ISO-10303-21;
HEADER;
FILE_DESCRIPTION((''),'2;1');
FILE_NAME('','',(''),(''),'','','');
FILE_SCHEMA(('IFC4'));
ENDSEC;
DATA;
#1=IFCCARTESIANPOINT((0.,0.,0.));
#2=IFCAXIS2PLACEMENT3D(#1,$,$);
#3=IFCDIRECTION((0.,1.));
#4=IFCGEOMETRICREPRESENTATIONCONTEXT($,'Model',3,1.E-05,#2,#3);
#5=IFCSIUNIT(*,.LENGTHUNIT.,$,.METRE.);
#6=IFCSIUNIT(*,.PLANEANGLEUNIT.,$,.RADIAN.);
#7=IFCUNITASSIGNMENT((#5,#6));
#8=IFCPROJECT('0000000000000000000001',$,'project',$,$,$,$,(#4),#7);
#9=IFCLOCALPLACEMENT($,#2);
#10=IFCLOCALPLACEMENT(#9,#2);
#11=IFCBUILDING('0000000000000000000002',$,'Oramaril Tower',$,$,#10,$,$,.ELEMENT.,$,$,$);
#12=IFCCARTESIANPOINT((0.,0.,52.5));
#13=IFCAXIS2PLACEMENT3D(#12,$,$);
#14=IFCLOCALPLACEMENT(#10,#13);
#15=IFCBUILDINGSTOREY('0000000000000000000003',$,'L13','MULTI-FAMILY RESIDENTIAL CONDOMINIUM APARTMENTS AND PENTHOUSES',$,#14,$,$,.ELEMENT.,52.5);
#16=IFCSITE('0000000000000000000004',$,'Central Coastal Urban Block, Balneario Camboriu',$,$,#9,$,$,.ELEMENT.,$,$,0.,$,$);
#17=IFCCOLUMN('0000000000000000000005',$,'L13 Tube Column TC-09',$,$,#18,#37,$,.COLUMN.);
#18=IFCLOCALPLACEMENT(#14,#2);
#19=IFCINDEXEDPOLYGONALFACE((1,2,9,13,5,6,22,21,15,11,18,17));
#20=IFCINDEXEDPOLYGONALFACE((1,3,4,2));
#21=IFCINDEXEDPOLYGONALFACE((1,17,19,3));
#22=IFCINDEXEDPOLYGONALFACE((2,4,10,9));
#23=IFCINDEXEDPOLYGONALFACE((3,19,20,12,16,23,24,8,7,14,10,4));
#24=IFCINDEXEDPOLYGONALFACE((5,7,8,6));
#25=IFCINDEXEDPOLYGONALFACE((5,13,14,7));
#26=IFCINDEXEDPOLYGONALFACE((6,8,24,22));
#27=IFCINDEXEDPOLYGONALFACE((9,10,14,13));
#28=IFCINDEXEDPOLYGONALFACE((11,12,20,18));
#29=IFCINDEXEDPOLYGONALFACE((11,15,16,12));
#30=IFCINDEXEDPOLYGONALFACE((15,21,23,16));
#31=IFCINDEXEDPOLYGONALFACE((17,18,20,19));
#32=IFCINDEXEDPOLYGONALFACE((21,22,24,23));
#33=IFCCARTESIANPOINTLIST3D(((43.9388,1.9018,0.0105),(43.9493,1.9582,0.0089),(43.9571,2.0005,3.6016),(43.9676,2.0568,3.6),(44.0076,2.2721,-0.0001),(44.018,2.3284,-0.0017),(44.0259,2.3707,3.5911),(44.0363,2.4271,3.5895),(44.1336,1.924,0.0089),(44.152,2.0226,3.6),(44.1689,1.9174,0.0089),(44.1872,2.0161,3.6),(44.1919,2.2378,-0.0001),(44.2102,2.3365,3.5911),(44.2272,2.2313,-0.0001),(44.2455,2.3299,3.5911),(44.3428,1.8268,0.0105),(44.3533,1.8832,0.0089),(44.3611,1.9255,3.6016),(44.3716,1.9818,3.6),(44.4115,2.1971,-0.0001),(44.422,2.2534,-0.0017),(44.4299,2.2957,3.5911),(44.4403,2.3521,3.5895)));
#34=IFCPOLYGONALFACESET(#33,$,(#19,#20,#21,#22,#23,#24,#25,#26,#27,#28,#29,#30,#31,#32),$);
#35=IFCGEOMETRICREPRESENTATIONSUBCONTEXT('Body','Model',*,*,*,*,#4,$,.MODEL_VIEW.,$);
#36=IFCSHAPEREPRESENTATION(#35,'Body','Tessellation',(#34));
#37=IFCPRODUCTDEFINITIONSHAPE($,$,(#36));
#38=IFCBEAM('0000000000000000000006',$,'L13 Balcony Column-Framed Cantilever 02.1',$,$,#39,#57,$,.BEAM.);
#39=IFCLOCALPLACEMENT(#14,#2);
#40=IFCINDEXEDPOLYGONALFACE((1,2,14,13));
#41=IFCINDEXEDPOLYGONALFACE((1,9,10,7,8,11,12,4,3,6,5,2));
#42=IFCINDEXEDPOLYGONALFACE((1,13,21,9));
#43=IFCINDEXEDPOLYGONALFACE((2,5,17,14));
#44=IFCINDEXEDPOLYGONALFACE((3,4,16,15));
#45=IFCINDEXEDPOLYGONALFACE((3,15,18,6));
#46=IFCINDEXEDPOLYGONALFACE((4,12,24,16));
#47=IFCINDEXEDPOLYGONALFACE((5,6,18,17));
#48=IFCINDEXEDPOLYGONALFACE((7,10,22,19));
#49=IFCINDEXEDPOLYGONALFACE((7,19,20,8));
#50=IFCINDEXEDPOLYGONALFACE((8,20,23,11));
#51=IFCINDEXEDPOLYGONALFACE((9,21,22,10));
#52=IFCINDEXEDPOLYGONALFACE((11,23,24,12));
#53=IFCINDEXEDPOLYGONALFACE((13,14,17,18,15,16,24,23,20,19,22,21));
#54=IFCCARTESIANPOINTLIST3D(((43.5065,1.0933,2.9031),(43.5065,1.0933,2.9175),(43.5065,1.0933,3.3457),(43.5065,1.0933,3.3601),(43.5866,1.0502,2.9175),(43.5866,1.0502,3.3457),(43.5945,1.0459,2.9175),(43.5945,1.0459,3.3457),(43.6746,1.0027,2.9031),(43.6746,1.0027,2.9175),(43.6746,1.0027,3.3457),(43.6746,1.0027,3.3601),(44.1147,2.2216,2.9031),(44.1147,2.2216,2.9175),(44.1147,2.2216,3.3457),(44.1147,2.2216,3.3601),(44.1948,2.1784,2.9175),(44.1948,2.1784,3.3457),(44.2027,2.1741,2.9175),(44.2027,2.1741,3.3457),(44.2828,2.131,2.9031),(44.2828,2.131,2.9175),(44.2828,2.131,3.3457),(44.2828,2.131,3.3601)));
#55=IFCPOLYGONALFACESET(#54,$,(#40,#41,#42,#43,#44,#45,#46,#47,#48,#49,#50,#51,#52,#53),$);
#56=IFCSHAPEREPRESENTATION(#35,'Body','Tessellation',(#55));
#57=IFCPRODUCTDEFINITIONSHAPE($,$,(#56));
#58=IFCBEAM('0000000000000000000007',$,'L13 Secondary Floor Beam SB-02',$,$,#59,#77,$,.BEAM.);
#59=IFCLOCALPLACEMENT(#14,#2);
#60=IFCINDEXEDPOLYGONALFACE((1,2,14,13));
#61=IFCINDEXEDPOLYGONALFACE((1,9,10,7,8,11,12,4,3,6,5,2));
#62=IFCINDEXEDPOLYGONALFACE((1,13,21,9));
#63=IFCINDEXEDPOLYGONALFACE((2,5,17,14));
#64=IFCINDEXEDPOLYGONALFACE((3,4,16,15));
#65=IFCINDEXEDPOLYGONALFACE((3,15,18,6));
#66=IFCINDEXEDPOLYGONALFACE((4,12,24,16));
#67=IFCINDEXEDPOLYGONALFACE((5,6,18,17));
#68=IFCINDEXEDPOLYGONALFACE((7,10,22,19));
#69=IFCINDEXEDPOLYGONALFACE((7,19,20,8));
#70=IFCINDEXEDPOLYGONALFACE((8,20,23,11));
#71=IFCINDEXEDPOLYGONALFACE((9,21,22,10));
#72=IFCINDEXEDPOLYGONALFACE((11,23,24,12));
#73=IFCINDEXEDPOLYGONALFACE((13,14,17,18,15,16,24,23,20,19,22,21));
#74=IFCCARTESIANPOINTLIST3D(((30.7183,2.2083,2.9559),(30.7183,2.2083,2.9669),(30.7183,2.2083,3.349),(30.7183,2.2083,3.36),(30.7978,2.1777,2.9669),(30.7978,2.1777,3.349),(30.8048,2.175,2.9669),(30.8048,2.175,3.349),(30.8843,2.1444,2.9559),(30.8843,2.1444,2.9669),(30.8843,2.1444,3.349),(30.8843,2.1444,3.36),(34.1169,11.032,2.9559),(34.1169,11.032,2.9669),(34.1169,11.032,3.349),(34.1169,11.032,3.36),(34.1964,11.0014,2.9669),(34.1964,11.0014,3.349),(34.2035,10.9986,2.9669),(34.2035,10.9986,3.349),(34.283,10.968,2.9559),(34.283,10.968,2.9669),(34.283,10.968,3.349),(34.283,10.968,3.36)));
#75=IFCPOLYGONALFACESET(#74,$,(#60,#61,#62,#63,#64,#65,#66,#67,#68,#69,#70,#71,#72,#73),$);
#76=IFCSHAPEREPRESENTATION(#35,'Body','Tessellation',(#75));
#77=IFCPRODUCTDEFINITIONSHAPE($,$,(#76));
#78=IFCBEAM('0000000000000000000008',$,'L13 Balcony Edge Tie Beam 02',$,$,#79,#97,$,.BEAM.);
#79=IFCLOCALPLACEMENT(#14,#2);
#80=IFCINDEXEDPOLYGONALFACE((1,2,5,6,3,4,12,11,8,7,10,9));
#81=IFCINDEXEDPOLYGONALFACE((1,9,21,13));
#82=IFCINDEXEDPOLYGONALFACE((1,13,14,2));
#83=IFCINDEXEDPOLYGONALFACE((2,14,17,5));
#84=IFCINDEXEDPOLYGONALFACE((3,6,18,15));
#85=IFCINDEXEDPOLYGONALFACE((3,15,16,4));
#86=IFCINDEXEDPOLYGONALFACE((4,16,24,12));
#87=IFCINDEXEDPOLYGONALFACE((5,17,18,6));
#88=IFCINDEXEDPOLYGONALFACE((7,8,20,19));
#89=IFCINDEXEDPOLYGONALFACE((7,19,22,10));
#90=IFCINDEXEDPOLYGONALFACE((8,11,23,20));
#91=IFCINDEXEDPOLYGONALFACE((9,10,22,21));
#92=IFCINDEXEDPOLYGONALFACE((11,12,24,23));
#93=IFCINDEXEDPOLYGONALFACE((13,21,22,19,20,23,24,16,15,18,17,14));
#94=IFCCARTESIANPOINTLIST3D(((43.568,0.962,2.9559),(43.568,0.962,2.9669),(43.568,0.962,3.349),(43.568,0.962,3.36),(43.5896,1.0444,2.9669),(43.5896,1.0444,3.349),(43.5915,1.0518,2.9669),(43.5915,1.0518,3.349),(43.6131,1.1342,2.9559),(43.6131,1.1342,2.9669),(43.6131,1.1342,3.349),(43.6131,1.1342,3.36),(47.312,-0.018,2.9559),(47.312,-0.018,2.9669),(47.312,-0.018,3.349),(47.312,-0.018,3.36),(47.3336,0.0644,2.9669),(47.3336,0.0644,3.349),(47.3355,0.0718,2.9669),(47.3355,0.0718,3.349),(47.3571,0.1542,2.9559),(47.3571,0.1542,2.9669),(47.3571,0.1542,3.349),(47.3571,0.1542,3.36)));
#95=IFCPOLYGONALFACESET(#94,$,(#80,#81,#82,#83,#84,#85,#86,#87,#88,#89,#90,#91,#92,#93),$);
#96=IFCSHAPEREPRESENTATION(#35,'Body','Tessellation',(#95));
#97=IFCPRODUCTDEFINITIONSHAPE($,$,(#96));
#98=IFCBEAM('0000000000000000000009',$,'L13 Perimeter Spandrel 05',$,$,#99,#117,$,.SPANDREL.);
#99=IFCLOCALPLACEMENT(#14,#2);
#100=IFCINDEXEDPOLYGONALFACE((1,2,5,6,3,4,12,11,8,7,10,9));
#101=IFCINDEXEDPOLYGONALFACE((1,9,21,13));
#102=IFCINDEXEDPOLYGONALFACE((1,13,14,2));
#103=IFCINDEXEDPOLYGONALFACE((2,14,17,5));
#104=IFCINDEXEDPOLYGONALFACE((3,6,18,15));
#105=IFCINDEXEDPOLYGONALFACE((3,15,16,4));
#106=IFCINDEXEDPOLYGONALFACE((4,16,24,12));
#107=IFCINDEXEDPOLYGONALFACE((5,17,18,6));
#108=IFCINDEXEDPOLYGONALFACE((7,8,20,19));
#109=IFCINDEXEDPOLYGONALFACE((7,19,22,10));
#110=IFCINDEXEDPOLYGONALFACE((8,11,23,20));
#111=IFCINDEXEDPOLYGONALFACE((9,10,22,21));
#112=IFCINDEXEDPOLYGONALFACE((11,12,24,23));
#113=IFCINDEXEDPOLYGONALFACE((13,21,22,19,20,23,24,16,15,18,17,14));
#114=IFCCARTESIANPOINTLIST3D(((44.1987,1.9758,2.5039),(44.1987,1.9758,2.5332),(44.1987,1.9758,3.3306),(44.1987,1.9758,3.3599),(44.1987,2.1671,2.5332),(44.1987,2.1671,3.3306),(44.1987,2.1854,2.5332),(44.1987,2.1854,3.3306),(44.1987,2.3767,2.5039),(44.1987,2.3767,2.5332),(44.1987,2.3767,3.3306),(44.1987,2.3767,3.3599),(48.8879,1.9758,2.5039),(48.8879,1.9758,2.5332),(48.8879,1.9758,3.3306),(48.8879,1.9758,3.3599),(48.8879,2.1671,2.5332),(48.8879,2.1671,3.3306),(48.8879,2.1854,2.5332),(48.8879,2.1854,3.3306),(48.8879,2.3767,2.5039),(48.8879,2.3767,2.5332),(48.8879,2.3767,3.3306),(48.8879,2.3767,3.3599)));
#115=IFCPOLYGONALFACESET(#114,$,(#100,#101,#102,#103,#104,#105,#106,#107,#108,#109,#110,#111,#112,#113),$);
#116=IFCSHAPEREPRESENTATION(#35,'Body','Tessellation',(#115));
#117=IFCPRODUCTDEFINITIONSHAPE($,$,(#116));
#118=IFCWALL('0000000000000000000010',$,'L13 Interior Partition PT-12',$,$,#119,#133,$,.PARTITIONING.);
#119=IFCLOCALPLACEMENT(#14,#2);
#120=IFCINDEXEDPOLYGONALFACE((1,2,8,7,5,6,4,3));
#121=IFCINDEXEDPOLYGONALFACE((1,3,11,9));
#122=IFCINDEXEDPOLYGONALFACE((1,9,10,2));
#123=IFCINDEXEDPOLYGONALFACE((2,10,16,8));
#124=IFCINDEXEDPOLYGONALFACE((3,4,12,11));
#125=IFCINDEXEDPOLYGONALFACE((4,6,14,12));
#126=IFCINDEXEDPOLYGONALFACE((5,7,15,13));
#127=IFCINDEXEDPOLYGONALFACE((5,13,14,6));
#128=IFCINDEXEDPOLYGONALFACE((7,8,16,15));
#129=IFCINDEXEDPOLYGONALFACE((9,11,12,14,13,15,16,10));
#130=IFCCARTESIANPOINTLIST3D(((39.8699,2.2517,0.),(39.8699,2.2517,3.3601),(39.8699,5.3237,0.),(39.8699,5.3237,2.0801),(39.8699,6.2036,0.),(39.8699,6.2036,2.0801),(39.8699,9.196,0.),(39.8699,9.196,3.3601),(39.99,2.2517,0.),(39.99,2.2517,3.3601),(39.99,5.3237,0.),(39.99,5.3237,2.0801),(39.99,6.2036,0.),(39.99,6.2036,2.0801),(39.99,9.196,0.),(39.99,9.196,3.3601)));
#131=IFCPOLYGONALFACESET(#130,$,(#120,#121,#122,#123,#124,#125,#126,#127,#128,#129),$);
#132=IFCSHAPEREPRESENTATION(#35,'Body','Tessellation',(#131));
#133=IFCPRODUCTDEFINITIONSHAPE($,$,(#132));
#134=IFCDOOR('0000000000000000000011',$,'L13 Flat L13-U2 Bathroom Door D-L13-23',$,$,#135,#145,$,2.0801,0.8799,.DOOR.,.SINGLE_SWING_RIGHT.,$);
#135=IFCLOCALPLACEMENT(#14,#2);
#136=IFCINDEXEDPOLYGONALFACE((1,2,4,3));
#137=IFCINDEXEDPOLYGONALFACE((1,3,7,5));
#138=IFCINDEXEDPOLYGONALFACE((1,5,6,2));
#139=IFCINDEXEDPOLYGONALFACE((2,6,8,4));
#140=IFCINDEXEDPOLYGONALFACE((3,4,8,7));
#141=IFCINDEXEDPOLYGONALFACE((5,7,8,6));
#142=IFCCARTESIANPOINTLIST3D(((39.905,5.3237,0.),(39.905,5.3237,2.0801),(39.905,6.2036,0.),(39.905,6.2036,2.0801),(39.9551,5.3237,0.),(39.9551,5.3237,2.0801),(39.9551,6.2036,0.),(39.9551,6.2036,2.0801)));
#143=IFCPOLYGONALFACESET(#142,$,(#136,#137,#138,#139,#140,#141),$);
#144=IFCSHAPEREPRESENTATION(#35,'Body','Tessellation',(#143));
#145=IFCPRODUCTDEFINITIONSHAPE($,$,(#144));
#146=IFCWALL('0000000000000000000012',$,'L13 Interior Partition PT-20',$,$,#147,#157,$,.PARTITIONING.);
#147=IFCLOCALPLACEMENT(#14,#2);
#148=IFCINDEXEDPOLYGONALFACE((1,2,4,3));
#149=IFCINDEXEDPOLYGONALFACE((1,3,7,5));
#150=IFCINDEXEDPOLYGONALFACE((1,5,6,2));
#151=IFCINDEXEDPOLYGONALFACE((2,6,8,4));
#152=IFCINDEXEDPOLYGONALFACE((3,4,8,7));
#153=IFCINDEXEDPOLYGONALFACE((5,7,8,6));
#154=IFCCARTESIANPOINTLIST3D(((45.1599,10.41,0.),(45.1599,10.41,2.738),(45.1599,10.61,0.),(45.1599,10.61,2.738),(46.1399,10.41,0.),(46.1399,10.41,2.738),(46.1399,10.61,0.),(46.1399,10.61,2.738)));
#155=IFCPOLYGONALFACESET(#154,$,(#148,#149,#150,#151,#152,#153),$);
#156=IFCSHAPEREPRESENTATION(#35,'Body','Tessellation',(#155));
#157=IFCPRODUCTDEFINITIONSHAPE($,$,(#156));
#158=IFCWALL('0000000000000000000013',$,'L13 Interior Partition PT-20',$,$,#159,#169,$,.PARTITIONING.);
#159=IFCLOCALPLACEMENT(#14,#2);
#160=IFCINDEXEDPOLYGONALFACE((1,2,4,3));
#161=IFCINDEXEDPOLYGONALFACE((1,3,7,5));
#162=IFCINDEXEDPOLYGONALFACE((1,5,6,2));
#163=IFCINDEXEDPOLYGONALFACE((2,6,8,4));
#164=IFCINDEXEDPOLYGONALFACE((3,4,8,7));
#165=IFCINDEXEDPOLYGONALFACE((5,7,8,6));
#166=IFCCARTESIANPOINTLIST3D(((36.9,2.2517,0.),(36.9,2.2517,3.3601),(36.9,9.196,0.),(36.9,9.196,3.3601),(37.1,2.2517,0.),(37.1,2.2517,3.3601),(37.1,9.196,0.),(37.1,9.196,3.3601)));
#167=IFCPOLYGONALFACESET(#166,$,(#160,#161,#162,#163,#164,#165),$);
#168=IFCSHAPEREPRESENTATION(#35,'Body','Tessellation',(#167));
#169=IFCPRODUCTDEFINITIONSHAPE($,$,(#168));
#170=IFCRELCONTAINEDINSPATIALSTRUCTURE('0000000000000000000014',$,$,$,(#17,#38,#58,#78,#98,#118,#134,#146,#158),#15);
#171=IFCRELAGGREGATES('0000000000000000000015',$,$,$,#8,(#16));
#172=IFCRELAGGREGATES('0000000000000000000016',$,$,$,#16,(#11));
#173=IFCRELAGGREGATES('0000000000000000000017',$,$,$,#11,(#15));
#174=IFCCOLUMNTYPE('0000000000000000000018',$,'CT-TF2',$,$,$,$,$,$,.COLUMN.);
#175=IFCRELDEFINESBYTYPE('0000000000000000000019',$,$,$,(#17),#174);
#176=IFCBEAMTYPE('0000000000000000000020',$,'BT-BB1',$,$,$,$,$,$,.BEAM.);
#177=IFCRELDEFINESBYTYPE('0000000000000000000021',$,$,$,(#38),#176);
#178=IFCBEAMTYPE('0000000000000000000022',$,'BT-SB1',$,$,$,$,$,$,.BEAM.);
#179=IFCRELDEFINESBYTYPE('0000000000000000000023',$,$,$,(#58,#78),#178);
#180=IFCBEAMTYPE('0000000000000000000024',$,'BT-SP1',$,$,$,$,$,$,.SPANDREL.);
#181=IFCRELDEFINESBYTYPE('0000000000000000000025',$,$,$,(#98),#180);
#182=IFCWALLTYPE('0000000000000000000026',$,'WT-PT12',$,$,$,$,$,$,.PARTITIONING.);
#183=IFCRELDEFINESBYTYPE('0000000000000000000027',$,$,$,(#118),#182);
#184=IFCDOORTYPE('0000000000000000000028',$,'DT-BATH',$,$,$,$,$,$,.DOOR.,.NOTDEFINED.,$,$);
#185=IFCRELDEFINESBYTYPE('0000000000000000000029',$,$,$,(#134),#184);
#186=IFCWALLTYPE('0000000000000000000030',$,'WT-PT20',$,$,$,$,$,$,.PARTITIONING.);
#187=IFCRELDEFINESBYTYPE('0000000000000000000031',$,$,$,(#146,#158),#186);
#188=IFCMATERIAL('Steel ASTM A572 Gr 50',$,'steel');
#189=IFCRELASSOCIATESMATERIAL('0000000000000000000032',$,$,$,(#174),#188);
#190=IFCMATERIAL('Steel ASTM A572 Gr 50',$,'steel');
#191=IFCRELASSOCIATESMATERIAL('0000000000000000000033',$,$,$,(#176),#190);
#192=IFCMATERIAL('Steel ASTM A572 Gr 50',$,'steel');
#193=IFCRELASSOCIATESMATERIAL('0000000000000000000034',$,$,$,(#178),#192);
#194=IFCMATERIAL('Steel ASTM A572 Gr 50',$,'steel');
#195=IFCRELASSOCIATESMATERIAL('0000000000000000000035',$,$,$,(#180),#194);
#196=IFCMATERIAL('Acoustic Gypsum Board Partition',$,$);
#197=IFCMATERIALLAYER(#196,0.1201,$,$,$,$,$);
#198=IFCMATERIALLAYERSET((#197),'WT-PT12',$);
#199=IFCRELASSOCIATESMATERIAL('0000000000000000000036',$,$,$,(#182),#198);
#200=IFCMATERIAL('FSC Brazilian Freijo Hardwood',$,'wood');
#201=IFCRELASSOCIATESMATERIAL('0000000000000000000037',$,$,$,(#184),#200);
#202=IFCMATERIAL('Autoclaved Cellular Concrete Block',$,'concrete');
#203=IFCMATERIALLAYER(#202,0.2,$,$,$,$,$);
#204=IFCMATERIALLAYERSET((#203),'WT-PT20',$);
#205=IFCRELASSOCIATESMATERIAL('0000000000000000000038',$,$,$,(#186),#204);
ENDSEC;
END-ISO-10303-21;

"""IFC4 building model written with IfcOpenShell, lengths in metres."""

from ifc_helpers import new_model, si_unit, direction, frame, frame_2d, origin, origin_2d, place, context, subcontext, project, spatial, rectangle, i_section, extrude, material, layer, layer_set, material_profile, profile_set, type_object, element, fill, save


model = new_model("IFC4")

# Units and contexts
model_context = context("Model", 3, precision=1e-05, world=origin(), true_north=direction((0.0, 1.0)))
body_context = subcontext(model_context, "Body", "Model", "MODEL_VIEW")
ifc_project = project(units=[si_unit("LENGTHUNIT", "METRE"), si_unit("PLANEANGLEUNIT", "RADIAN")], contexts=[model_context])

# Site, building, storey
site_placement = place(None, origin())
site = spatial("IfcSite", under=ifc_project, at=site_placement, Name="Central Coastal Urban Block, Balneario Camboriu", CompositionType="ELEMENT", RefElevation=0.0)
building_placement = place(site_placement, origin())
building = spatial("IfcBuilding", under=site, at=building_placement, Name="Oramaril Tower", CompositionType="ELEMENT")
storey_placement = place(building_placement, frame((0.0, 0.0, 52.5)))
storey = spatial("IfcBuildingStorey", under=building, at=storey_placement, Name="L13", Description="MULTI-FAMILY RESIDENTIAL CONDOMINIUM APARTMENTS AND PENTHOUSES", CompositionType="ELEMENT", Elevation=52.5)

# Column
ifc_material_1 = material(Name="Steel ASTM A572 Gr 50", Category="steel")
ifc_material_profile_1 = material_profile(ifc_material_1, i_section(OverallWidth=0.4109, OverallDepth=0.4341, WebThickness=0.0359, FlangeThickness=0.0574, at=origin_2d()), Name="W14X311")
ifc_profile_set_1 = profile_set([ifc_material_profile_1], Name="Steel ASTM A572 Gr 50")
column_type = type_object("IfcColumnType", Name="CT-TF2", PredefinedType="COLUMN", material=ifc_profile_set_1)
column_placement = place(storey_placement, frame((44.1804, 2.0776, 0.0044), z_axis=(0.005097, 0.027455, 0.99961), x_axis=(-0.983201, 0.182525, 0.0)))
element("IfcColumn", 1, at=column_placement, inside=storey, type_object=column_type, Name="L13 Tube Column TC-09", PredefinedType="COLUMN", context=body_context, shape_type="SweptSolid", body=[
    extrude(i_section(OverallWidth=0.4109, OverallDepth=0.4341, WebThickness=0.0359, FlangeThickness=0.0574, at=origin_2d()), origin(), (0.0, 0.0, 1.0), 3.5925),
])

# Beams
ifc_material_2 = material(Name="Steel ASTM A572 Gr 50", Category="steel")
ifc_material_profile_2 = material_profile(ifc_material_2, i_section(OverallWidth=0.1909, OverallDepth=0.457, WebThickness=0.009, FlangeThickness=0.0144, at=origin_2d()), Name="W18X50")
ifc_profile_set_2 = profile_set([ifc_material_profile_2], Name="Steel ASTM A572 Gr 50")
beam_type_1 = type_object("IfcBeamType", Name="BT-BB1", PredefinedType="BEAM", material=ifc_profile_set_2)
beam_1_placement = place(storey_placement, frame((44.1987, 2.1763, 3.1316), z_axis=(-0.474509, -0.880251, 0.0), x_axis=(0.880251, -0.474509, 0.0)))
element("IfcBeam", 2, at=beam_1_placement, inside=storey, type_object=beam_type_1, Name="L13 Balcony Column-Framed Cantilever 02.1", PredefinedType="BEAM", context=body_context, shape_type="SweptSolid", body=[
    extrude(i_section(OverallWidth=0.1909, OverallDepth=0.457, WebThickness=0.009, FlangeThickness=0.0144, at=origin_2d()), origin(), (0.0, 0.0, 1.0), 1.2817),
])
ifc_material_3 = material(Name="Steel ASTM A572 Gr 50", Category="steel")
ifc_material_profile_3 = material_profile(ifc_material_3, i_section(OverallWidth=0.178, OverallDepth=0.4041, WebThickness=0.0076, FlangeThickness=0.011, at=origin_2d()), Name="W16X36")
ifc_profile_set_3 = profile_set([ifc_material_profile_3], Name="Steel ASTM A572 Gr 50")
beam_type_2 = type_object("IfcBeamType", Name="BT-SB1", PredefinedType="BEAM", material=ifc_profile_set_3)
beam_2_placement = place(storey_placement, frame((34.2, 11.0, 3.158), z_axis=(-0.359434, -0.93317, 0.0), x_axis=(0.93317, -0.359434, 0.0)))
element("IfcBeam", 3, at=beam_2_placement, inside=storey, type_object=beam_type_2, Name="L13 Secondary Floor Beam SB-02", PredefinedType="BEAM", context=body_context, shape_type="SweptSolid", body=[
    extrude(i_section(OverallWidth=0.178, OverallDepth=0.4041, WebThickness=0.0076, FlangeThickness=0.011, at=origin_2d()), origin(), (0.0, 0.0, 1.0), 9.4556),
])
beam_3_placement = place(storey_placement, frame((43.5906, 1.0481, 3.158), z_axis=(0.967408, -0.253223, 0.0), x_axis=(0.253223, 0.967408, 0.0)))
element("IfcBeam", 4, at=beam_3_placement, inside=storey, type_object=beam_type_2, Name="L13 Balcony Edge Tie Beam 02", PredefinedType="BEAM", context=body_context, shape_type="SweptSolid", body=[
    extrude(i_section(OverallWidth=0.178, OverallDepth=0.4041, WebThickness=0.0076, FlangeThickness=0.011, at=origin_2d()), origin(), (0.0, 0.0, 1.0), 3.8701),
])
ifc_material_4 = material(Name="Steel ASTM A572 Gr 50", Category="steel")
ifc_material_profile_4 = material_profile(ifc_material_4, i_section(OverallWidth=0.4009, OverallDepth=0.856, WebThickness=0.0183, FlangeThickness=0.0293, at=origin_2d()), Name="W33X201")
ifc_profile_set_4 = profile_set([ifc_material_profile_4], Name="Steel ASTM A572 Gr 50")
beam_type_3 = type_object("IfcBeamType", Name="BT-SP1", PredefinedType="SPANDREL", material=ifc_profile_set_4)
beam_4_placement = place(storey_placement, frame((44.1987, 2.1763, 2.9319), z_axis=(1.0, 0.0, 0.0), x_axis=(0.0, 1.0, 0.0)))
element("IfcBeam", 5, at=beam_4_placement, inside=storey, type_object=beam_type_3, Name="L13 Perimeter Spandrel 05", PredefinedType="SPANDREL", context=body_context, shape_type="SweptSolid", body=[
    extrude(i_section(OverallWidth=0.4009, OverallDepth=0.856, WebThickness=0.0183, FlangeThickness=0.0293, at=origin_2d()), origin(), (0.0, 0.0, 1.0), 4.6892),
])

# Wall, opening, door
ifc_material_5 = material(Name="Acoustic Gypsum Board Partition")
ifc_layer_1 = layer(ifc_material_5, 0.1201)
ifc_layer_set_1 = layer_set([ifc_layer_1], Name="WT-PT12")
wall_type_1 = type_object("IfcWallType", Name="WT-PT12", PredefinedType="PARTITIONING", material=ifc_layer_set_1)
wall_1_placement = place(storey_placement, frame((39.9299, 2.2517, 0.0), z_axis=(0.0, 0.0, 1.0), x_axis=(0.0, 1.0, 0.0)))
wall_1 = element("IfcWall", 6, at=wall_1_placement, inside=storey, type_object=wall_type_1, Name="L13 Interior Partition PT-12", PredefinedType="PARTITIONING", context=body_context, shape_type="SweptSolid", body=[
    extrude(rectangle(XDim=6.9443, YDim=0.1201, at=frame_2d((3.4722, 0.0))), origin(), (0.0, 0.0, 1.0), 3.3601),
])
opening_placement = place(wall_1_placement, frame((3.072, 0.0, 0.0)))
opening = element("IfcOpeningElement", 7, at=opening_placement, cuts=wall_1, PredefinedType="OPENING", context=body_context, shape_type="SweptSolid", body=[
    extrude(rectangle(XDim=0.8799, YDim=2.0801, at=frame_2d((0.4399, 1.04))), frame((0.0, 0.0601, 0.0), z_axis=(0.0, -1.0, 0.0), x_axis=(1.0, 0.0, 0.0)), (0.0, 0.0, 1.0), 0.1201),
])
ifc_material_6 = material(Name="FSC Brazilian Freijo Hardwood", Category="wood")
door_type = type_object("IfcDoorType", Name="DT-BATH", OperationType="NOTDEFINED", PredefinedType="DOOR", material=ifc_material_6)
door_placement = place(opening_placement, origin())
door = element("IfcDoor", 8, at=door_placement, inside=storey, type_object=door_type, Name="L13 Flat L13-U2 Bathroom Door D-L13-23", OperationType="SINGLE_SWING_RIGHT", OverallHeight=2.0801, OverallWidth=0.8799, PredefinedType="DOOR", context=body_context, shape_type="SweptSolid", body=[
    extrude(rectangle(XDim=0.8799, YDim=2.0801, at=frame_2d((0.4399, 1.04))), frame((0.0, 0.0249, 0.0), z_axis=(0.0, -1.0, 0.0), x_axis=(1.0, 0.0, 0.0)), (0.0, 0.0, 1.0), 0.05),
])
fill(opening, door)

# Walls
ifc_material_7 = material(Name="Autoclaved Cellular Concrete Block", Category="concrete")
ifc_layer_2 = layer(ifc_material_7, 0.2)
ifc_layer_set_2 = layer_set([ifc_layer_2], Name="WT-PT20")
wall_type_2 = type_object("IfcWallType", Name="WT-PT20", PredefinedType="PARTITIONING", material=ifc_layer_set_2)
wall_2_placement = place(storey_placement, frame((45.1599, 10.51, 0.0), z_axis=(0.0, 0.0, 1.0), x_axis=(1.0, 0.0, 0.0)))
element("IfcWall", 9, at=wall_2_placement, inside=storey, type_object=wall_type_2, Name="L13 Interior Partition PT-20", PredefinedType="PARTITIONING", context=body_context, shape_type="SweptSolid", body=[
    extrude(rectangle(XDim=0.98, YDim=0.2, at=frame_2d((0.49, 0.0))), origin(), (0.0, 0.0, 1.0), 2.738),
])
wall_3_placement = place(storey_placement, frame((37.0, 2.2517, 0.0), z_axis=(0.0, 0.0, 1.0), x_axis=(0.0, 1.0, 0.0)))
element("IfcWall", 10, at=wall_3_placement, inside=storey, type_object=wall_type_2, Name="L13 Interior Partition PT-20", PredefinedType="PARTITIONING", context=body_context, shape_type="SweptSolid", body=[
    extrude(rectangle(XDim=6.9443, YDim=0.2, at=frame_2d((3.4722, 0.0))), origin(), (0.0, 0.0, 1.0), 3.3601),
])

save(model, "model.ifc")
